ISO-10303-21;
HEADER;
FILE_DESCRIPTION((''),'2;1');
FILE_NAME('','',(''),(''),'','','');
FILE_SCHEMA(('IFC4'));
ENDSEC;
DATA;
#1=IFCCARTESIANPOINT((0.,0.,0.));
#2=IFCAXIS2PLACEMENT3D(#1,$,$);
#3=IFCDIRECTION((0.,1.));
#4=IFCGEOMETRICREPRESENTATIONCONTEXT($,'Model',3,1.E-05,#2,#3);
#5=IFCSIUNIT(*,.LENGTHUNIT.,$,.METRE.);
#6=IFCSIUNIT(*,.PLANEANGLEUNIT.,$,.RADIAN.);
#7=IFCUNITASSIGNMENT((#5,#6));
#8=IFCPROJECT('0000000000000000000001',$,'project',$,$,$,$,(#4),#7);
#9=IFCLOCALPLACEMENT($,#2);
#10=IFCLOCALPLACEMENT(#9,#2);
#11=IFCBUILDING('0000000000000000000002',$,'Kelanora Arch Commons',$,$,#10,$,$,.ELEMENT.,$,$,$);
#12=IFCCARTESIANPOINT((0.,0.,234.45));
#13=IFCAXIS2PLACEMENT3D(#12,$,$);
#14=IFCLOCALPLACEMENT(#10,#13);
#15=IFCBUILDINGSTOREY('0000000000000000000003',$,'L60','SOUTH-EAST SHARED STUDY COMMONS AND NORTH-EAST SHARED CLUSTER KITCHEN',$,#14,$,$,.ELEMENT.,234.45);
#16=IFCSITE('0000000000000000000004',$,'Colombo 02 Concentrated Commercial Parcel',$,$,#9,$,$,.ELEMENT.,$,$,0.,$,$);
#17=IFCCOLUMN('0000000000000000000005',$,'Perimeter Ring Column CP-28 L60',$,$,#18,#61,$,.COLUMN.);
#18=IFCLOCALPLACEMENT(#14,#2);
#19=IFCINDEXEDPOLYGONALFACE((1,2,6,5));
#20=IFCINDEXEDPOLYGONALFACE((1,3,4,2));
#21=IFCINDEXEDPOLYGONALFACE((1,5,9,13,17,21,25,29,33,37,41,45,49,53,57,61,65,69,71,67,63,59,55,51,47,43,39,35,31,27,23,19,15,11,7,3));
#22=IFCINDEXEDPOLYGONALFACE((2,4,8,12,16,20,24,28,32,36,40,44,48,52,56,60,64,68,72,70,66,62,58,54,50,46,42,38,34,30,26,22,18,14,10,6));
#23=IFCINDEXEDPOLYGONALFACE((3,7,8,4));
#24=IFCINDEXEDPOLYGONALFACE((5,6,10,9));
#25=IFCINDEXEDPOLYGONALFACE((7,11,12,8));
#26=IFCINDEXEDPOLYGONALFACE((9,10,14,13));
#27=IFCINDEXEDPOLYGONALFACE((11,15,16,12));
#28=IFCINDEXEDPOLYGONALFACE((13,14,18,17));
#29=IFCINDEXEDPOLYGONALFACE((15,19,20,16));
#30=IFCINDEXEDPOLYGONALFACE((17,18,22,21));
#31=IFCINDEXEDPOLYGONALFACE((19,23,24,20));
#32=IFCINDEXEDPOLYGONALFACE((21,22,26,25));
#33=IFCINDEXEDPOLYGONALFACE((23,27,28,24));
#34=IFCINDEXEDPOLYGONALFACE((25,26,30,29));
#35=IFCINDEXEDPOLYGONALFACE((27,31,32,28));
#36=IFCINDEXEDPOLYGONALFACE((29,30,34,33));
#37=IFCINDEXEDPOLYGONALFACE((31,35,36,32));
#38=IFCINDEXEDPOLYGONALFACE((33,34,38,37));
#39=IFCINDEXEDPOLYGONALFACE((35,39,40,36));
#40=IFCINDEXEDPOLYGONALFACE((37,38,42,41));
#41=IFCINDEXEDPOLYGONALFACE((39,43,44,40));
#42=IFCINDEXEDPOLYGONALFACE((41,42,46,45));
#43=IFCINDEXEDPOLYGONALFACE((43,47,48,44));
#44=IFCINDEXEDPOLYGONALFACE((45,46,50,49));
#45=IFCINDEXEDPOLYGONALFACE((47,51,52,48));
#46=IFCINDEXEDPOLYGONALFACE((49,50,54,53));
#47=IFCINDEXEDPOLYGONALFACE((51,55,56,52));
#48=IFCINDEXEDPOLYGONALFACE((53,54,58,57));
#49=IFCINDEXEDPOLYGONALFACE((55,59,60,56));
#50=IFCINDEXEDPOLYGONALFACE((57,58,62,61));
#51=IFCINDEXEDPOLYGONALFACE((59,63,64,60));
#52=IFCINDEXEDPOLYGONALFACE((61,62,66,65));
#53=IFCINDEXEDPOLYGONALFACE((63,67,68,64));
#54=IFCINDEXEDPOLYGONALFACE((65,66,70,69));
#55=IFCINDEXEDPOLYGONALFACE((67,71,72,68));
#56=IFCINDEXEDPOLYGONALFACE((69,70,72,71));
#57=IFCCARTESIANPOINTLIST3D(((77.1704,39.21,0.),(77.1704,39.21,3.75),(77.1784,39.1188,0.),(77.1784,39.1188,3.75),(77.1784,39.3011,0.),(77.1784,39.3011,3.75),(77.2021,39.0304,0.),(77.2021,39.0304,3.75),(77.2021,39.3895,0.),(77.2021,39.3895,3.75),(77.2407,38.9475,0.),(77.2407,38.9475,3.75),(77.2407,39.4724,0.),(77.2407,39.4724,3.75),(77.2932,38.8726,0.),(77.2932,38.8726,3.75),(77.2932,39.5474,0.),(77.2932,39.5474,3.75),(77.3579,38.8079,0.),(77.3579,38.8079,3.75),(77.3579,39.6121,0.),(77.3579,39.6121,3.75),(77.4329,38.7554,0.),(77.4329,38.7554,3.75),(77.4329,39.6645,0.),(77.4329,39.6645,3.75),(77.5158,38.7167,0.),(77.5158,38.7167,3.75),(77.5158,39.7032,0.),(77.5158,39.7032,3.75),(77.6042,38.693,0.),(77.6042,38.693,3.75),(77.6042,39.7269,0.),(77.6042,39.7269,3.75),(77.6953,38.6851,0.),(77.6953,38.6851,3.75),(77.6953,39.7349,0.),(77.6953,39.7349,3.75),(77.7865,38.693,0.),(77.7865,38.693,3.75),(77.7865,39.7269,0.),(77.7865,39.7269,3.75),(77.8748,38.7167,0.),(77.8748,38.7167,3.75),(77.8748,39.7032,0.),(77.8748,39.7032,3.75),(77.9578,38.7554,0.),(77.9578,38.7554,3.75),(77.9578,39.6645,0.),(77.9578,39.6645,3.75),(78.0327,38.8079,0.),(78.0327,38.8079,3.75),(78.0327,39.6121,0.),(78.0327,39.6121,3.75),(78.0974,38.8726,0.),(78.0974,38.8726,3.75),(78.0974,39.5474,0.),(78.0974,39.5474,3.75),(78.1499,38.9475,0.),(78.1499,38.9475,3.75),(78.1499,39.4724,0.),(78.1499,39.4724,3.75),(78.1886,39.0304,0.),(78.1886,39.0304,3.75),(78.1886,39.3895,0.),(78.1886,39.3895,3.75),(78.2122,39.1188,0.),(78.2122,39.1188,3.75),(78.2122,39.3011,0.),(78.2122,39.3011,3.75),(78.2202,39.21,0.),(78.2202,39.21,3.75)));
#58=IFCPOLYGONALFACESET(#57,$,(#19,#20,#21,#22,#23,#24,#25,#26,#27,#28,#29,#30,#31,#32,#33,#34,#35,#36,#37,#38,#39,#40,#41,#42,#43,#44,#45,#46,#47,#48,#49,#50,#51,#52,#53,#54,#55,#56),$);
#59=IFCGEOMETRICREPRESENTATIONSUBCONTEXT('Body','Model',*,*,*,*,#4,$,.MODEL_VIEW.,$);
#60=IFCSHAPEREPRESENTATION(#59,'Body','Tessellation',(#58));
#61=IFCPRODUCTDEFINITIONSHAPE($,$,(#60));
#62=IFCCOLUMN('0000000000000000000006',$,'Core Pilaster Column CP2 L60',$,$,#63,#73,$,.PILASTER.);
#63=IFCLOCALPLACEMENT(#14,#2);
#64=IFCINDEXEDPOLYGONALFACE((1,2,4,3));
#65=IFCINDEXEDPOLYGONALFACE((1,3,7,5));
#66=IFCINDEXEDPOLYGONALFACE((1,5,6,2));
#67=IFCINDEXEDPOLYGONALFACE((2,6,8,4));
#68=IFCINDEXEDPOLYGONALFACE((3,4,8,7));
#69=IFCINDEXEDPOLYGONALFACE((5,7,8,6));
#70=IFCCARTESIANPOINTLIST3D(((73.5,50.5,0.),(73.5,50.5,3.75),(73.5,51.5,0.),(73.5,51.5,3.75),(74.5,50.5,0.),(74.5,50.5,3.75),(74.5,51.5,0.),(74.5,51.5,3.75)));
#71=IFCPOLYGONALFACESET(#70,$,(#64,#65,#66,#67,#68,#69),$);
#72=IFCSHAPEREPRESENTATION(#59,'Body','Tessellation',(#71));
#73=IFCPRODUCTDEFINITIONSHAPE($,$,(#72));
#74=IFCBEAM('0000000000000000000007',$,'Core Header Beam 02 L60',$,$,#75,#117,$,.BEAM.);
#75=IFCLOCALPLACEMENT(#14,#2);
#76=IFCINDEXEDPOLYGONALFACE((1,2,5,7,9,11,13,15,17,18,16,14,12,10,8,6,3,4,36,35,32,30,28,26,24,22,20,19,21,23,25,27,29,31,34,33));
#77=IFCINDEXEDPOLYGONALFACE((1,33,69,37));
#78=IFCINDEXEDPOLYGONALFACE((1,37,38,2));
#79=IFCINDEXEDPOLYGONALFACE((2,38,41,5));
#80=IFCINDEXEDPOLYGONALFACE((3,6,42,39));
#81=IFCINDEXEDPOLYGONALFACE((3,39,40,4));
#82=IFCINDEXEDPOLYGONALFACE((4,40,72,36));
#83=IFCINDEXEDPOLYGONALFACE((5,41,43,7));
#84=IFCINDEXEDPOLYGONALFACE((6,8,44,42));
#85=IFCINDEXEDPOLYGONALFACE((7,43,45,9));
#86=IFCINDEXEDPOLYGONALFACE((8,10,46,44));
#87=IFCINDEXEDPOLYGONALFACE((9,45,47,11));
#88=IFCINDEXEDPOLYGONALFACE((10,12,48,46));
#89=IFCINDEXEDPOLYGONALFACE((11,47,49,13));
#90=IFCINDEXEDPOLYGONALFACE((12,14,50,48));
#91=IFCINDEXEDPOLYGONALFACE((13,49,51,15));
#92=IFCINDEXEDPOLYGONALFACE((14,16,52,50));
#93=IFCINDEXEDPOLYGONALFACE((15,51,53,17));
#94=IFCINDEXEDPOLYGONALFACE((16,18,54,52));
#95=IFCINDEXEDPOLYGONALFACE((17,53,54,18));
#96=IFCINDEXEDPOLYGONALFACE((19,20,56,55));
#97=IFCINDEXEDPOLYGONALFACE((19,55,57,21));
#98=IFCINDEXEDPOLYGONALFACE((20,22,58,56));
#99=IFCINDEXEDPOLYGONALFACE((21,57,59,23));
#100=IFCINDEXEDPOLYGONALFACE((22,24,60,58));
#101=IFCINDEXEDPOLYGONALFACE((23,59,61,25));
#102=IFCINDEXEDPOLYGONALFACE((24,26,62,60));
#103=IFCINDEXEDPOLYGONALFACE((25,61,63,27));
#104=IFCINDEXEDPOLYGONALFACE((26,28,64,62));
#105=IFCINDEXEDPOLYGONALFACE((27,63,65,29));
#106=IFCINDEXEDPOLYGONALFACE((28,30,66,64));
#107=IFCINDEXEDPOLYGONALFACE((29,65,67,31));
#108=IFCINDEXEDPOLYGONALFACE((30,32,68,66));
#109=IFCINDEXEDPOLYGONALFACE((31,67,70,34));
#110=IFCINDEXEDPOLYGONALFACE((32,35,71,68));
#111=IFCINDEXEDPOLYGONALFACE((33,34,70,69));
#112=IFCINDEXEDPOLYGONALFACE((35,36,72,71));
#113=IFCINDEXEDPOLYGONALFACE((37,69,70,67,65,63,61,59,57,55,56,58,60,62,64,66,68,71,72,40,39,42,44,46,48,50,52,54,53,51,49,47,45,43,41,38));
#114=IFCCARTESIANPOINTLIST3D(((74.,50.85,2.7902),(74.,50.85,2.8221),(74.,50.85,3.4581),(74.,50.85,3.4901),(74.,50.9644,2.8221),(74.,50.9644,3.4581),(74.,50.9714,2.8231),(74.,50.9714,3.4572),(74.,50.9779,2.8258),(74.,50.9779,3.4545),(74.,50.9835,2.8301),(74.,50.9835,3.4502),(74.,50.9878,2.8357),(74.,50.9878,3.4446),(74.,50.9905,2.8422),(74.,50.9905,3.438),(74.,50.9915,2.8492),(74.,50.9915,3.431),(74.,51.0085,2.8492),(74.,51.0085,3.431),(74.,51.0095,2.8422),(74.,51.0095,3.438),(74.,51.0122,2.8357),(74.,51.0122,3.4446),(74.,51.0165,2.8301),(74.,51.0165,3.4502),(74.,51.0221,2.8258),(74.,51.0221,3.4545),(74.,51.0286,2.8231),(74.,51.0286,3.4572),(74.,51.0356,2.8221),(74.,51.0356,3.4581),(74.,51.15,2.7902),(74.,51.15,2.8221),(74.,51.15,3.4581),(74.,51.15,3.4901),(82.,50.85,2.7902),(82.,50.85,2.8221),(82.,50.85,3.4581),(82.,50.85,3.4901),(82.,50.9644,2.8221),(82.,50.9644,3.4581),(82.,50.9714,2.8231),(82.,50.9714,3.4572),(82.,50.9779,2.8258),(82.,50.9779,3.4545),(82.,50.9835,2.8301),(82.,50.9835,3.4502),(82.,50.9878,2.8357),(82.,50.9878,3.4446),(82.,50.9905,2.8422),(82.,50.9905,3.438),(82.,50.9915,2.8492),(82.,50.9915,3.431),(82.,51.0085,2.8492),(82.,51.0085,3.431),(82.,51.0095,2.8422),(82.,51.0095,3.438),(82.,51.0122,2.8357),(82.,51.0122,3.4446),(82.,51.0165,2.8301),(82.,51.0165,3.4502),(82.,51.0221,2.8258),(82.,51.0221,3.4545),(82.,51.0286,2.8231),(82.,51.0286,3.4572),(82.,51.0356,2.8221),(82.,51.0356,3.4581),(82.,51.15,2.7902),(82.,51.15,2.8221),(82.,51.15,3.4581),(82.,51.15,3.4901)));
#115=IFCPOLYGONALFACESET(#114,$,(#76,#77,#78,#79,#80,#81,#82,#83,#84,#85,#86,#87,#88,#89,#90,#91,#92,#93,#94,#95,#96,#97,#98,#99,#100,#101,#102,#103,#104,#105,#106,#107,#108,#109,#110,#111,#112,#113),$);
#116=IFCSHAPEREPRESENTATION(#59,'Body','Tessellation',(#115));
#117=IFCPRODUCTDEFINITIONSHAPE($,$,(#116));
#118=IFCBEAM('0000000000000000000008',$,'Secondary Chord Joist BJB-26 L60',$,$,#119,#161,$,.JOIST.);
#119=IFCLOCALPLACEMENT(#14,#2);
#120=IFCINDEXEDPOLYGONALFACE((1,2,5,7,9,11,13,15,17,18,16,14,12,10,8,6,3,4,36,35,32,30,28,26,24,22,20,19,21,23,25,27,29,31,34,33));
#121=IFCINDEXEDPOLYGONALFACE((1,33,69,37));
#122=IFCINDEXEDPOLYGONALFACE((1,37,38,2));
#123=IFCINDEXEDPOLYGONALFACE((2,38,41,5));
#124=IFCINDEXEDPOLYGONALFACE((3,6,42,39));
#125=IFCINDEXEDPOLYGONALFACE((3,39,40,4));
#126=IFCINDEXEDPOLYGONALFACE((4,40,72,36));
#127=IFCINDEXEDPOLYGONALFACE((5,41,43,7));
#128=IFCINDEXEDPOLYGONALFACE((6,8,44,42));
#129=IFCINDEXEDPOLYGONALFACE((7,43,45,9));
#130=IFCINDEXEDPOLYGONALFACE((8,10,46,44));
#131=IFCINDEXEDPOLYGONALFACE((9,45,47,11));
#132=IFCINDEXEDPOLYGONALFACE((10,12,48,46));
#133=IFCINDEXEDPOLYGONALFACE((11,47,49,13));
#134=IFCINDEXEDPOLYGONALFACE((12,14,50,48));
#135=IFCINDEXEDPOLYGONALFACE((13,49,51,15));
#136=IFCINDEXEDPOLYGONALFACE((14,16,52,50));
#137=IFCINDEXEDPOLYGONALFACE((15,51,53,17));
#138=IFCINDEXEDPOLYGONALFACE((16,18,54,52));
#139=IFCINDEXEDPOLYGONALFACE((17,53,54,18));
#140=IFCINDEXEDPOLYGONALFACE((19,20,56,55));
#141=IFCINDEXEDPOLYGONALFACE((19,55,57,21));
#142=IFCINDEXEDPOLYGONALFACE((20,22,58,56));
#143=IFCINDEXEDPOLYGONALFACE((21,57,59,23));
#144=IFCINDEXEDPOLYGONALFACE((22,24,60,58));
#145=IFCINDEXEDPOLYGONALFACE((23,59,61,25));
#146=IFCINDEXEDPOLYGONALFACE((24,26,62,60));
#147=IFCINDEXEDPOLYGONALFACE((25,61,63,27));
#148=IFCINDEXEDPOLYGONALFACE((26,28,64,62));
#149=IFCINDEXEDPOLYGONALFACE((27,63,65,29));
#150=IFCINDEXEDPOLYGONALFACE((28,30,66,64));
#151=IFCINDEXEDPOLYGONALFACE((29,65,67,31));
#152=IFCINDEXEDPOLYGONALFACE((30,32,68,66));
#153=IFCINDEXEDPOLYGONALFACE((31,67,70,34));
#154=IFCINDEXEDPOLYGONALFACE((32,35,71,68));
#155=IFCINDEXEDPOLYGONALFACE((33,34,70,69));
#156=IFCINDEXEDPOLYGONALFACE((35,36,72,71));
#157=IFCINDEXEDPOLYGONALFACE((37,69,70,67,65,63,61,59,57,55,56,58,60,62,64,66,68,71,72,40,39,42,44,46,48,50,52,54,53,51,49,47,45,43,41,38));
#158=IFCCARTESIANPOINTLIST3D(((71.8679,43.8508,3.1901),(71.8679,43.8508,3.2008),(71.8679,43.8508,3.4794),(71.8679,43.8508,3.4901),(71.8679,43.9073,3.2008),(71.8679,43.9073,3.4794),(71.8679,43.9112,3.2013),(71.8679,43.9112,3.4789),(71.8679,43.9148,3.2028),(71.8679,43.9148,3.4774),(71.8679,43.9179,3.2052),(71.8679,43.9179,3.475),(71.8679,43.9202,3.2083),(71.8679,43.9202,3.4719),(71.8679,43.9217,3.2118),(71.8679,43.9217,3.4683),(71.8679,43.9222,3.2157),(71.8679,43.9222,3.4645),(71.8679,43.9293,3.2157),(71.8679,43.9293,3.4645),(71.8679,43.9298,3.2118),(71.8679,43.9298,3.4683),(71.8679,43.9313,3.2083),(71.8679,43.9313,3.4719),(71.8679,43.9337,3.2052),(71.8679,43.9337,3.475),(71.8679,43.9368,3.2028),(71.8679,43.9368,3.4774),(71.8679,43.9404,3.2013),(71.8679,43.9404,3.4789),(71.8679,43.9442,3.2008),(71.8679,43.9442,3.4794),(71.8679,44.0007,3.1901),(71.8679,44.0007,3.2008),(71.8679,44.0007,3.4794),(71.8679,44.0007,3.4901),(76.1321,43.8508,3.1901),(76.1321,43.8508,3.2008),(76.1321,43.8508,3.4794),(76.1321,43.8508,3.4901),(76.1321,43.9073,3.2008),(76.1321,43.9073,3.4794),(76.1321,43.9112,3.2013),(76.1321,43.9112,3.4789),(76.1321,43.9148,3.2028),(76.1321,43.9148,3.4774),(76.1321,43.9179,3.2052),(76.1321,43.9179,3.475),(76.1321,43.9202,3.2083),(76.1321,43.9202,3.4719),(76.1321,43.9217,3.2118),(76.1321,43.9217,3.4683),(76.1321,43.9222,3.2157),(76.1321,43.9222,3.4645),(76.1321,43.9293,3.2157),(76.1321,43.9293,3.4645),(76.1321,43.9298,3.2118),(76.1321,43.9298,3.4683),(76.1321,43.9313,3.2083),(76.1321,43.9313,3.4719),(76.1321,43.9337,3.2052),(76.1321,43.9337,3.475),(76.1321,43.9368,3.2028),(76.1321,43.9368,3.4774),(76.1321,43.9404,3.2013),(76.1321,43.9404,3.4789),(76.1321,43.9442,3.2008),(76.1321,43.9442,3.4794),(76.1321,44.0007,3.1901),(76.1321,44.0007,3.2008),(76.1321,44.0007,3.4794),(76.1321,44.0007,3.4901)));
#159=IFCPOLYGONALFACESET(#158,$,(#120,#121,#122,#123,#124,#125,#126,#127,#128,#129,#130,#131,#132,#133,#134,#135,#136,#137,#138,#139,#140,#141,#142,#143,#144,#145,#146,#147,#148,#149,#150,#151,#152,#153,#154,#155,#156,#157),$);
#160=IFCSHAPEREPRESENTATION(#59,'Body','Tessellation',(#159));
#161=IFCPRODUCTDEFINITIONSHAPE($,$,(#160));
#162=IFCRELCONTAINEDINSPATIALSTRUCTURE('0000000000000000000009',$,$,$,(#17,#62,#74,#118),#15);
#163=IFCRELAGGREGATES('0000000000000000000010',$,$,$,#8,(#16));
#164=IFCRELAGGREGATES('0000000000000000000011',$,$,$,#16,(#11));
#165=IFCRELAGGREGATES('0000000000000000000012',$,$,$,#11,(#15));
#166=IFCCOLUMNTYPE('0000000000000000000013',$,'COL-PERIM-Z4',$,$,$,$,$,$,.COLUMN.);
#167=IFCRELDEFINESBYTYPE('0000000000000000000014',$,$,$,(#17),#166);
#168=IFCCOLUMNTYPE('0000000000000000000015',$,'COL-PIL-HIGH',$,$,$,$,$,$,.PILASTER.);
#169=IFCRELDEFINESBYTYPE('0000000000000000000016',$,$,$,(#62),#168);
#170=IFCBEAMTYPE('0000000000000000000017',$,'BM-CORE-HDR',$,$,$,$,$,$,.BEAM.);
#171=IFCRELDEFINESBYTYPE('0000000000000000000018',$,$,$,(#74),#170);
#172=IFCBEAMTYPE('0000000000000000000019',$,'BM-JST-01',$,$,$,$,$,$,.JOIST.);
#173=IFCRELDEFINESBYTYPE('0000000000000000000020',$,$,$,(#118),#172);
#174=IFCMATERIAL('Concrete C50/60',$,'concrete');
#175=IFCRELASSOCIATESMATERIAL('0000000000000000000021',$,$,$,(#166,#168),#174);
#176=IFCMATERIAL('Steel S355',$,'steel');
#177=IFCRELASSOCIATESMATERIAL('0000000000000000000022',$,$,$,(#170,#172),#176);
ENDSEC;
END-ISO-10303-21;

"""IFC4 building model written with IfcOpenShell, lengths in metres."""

from ifc_helpers import new_model, si_unit, direction, frame, origin, origin_2d, place, context, subcontext, project, spatial, rectangle, circle, i_section, extrude, material, material_profile, profile_set, type_object, element, save


model = new_model("IFC4")

# Units and contexts
model_context = context("Model", 3, precision=1e-05, world=origin(), true_north=direction((0.0, 1.0)))
body_context = subcontext(model_context, "Body", "Model", "MODEL_VIEW")
ifc_project = project(units=[si_unit("LENGTHUNIT", "METRE"), si_unit("PLANEANGLEUNIT", "RADIAN")], contexts=[model_context])

# Site, building, storey
site_placement = place(None, origin())
site = spatial("IfcSite", under=ifc_project, at=site_placement, Name="Colombo 02 Concentrated Commercial Parcel", CompositionType="ELEMENT", RefElevation=0.0)
building_placement = place(site_placement, origin())
building = spatial("IfcBuilding", under=site, at=building_placement, Name="Kelanora Arch Commons", CompositionType="ELEMENT")
storey_placement = place(building_placement, frame((0.0, 0.0, 234.45)))
storey = spatial("IfcBuildingStorey", under=building, at=storey_placement, Name="L60", Description="SOUTH-EAST SHARED STUDY COMMONS AND NORTH-EAST SHARED CLUSTER KITCHEN", CompositionType="ELEMENT", Elevation=234.45)

# Columns
ifc_material_1 = material(Name="Concrete C50/60", Category="concrete")
ifc_material_profile_1 = material_profile(ifc_material_1, circle(Radius=0.5249, at=origin_2d()), Name="RCC1050")
ifc_profile_set_1 = profile_set([ifc_material_profile_1], Name="Concrete C50/60")
column_type_1 = type_object("IfcColumnType", Name="COL-PERIM-Z4", PredefinedType="COLUMN", material=ifc_profile_set_1)
column_1_placement = place(storey_placement, frame((77.6953, 39.21, 0.0), z_axis=(0.0, 0.0, 1.0), x_axis=(1.0, 0.0, 0.0)))
element("IfcColumn", 1, at=column_1_placement, inside=storey, type_object=column_type_1, Name="Perimeter Ring Column CP-28 L60", PredefinedType="COLUMN", context=body_context, shape_type="SweptSolid", body=[
    extrude(circle(Radius=0.5249, at=origin_2d()), origin(), (0.0, 0.0, 1.0), 3.75),
])
ifc_material_profile_2 = material_profile(ifc_material_1, rectangle(XDim=1.0, YDim=1.0, at=origin_2d()), Name="RC1000x1000")
ifc_profile_set_2 = profile_set([ifc_material_profile_2], Name="Concrete C50/60")
column_type_2 = type_object("IfcColumnType", Name="COL-PIL-HIGH", PredefinedType="PILASTER", material=ifc_profile_set_2)
column_2_placement = place(storey_placement, frame((74.0, 51.0, 0.0), z_axis=(0.0, 0.0, 1.0), x_axis=(1.0, 0.0, 0.0)))
element("IfcColumn", 2, at=column_2_placement, inside=storey, type_object=column_type_2, Name="Core Pilaster Column CP2 L60", PredefinedType="PILASTER", context=body_context, shape_type="SweptSolid", body=[
    extrude(rectangle(XDim=1.0, YDim=1.0, at=origin_2d()), origin(), (0.0, 0.0, 1.0), 3.75),
])

# Beams
ifc_material_2 = material(Name="Steel S355", Category="steel")
ifc_material_profile_3 = material_profile(ifc_material_2, i_section(OverallWidth=0.3, OverallDepth=0.7, WebThickness=0.0171, FlangeThickness=0.032, FilletRadius=0.0271, at=origin_2d()), Name="HEB700")
ifc_profile_set_3 = profile_set([ifc_material_profile_3], Name="Steel S355")
beam_type_1 = type_object("IfcBeamType", Name="BM-CORE-HDR", PredefinedType="BEAM", material=ifc_profile_set_3)
beam_1_placement = place(storey_placement, frame((74.0, 51.0, 3.1401), z_axis=(1.0, 0.0, 0.0), x_axis=(0.0, 1.0, 0.0)))
element("IfcBeam", 3, at=beam_1_placement, inside=storey, type_object=beam_type_1, Name="Core Header Beam 02 L60", PredefinedType="BEAM", context=body_context, shape_type="SweptSolid", body=[
    extrude(i_section(OverallWidth=0.3, OverallDepth=0.7, WebThickness=0.0171, FlangeThickness=0.032, FilletRadius=0.0271, at=origin_2d()), origin(), (0.0, 0.0, 1.0), 8.0),
])
ifc_material_profile_4 = material_profile(ifc_material_2, i_section(OverallWidth=0.1499, OverallDepth=0.3, WebThickness=0.0071, FlangeThickness=0.0107, FilletRadius=0.0149, at=origin_2d()), Name="IPE300")
ifc_profile_set_4 = profile_set([ifc_material_profile_4], Name="Steel S355")
beam_type_2 = type_object("IfcBeamType", Name="BM-JST-01", PredefinedType="JOIST", material=ifc_profile_set_4)
beam_2_placement = place(storey_placement, frame((71.8679, 43.9258, 3.3401), z_axis=(1.0, 0.0, 0.0), x_axis=(0.0, 1.0, 0.0)))
element("IfcBeam", 4, at=beam_2_placement, inside=storey, type_object=beam_type_2, Name="Secondary Chord Joist BJB-26 L60", PredefinedType="JOIST", context=body_context, shape_type="SweptSolid", body=[
    extrude(i_section(OverallWidth=0.1499, OverallDepth=0.3, WebThickness=0.0071, FlangeThickness=0.0107, FilletRadius=0.0149, at=origin_2d()), origin(), (0.0, 0.0, 1.0), 4.2642),
])

save(model, "model.ifc")
